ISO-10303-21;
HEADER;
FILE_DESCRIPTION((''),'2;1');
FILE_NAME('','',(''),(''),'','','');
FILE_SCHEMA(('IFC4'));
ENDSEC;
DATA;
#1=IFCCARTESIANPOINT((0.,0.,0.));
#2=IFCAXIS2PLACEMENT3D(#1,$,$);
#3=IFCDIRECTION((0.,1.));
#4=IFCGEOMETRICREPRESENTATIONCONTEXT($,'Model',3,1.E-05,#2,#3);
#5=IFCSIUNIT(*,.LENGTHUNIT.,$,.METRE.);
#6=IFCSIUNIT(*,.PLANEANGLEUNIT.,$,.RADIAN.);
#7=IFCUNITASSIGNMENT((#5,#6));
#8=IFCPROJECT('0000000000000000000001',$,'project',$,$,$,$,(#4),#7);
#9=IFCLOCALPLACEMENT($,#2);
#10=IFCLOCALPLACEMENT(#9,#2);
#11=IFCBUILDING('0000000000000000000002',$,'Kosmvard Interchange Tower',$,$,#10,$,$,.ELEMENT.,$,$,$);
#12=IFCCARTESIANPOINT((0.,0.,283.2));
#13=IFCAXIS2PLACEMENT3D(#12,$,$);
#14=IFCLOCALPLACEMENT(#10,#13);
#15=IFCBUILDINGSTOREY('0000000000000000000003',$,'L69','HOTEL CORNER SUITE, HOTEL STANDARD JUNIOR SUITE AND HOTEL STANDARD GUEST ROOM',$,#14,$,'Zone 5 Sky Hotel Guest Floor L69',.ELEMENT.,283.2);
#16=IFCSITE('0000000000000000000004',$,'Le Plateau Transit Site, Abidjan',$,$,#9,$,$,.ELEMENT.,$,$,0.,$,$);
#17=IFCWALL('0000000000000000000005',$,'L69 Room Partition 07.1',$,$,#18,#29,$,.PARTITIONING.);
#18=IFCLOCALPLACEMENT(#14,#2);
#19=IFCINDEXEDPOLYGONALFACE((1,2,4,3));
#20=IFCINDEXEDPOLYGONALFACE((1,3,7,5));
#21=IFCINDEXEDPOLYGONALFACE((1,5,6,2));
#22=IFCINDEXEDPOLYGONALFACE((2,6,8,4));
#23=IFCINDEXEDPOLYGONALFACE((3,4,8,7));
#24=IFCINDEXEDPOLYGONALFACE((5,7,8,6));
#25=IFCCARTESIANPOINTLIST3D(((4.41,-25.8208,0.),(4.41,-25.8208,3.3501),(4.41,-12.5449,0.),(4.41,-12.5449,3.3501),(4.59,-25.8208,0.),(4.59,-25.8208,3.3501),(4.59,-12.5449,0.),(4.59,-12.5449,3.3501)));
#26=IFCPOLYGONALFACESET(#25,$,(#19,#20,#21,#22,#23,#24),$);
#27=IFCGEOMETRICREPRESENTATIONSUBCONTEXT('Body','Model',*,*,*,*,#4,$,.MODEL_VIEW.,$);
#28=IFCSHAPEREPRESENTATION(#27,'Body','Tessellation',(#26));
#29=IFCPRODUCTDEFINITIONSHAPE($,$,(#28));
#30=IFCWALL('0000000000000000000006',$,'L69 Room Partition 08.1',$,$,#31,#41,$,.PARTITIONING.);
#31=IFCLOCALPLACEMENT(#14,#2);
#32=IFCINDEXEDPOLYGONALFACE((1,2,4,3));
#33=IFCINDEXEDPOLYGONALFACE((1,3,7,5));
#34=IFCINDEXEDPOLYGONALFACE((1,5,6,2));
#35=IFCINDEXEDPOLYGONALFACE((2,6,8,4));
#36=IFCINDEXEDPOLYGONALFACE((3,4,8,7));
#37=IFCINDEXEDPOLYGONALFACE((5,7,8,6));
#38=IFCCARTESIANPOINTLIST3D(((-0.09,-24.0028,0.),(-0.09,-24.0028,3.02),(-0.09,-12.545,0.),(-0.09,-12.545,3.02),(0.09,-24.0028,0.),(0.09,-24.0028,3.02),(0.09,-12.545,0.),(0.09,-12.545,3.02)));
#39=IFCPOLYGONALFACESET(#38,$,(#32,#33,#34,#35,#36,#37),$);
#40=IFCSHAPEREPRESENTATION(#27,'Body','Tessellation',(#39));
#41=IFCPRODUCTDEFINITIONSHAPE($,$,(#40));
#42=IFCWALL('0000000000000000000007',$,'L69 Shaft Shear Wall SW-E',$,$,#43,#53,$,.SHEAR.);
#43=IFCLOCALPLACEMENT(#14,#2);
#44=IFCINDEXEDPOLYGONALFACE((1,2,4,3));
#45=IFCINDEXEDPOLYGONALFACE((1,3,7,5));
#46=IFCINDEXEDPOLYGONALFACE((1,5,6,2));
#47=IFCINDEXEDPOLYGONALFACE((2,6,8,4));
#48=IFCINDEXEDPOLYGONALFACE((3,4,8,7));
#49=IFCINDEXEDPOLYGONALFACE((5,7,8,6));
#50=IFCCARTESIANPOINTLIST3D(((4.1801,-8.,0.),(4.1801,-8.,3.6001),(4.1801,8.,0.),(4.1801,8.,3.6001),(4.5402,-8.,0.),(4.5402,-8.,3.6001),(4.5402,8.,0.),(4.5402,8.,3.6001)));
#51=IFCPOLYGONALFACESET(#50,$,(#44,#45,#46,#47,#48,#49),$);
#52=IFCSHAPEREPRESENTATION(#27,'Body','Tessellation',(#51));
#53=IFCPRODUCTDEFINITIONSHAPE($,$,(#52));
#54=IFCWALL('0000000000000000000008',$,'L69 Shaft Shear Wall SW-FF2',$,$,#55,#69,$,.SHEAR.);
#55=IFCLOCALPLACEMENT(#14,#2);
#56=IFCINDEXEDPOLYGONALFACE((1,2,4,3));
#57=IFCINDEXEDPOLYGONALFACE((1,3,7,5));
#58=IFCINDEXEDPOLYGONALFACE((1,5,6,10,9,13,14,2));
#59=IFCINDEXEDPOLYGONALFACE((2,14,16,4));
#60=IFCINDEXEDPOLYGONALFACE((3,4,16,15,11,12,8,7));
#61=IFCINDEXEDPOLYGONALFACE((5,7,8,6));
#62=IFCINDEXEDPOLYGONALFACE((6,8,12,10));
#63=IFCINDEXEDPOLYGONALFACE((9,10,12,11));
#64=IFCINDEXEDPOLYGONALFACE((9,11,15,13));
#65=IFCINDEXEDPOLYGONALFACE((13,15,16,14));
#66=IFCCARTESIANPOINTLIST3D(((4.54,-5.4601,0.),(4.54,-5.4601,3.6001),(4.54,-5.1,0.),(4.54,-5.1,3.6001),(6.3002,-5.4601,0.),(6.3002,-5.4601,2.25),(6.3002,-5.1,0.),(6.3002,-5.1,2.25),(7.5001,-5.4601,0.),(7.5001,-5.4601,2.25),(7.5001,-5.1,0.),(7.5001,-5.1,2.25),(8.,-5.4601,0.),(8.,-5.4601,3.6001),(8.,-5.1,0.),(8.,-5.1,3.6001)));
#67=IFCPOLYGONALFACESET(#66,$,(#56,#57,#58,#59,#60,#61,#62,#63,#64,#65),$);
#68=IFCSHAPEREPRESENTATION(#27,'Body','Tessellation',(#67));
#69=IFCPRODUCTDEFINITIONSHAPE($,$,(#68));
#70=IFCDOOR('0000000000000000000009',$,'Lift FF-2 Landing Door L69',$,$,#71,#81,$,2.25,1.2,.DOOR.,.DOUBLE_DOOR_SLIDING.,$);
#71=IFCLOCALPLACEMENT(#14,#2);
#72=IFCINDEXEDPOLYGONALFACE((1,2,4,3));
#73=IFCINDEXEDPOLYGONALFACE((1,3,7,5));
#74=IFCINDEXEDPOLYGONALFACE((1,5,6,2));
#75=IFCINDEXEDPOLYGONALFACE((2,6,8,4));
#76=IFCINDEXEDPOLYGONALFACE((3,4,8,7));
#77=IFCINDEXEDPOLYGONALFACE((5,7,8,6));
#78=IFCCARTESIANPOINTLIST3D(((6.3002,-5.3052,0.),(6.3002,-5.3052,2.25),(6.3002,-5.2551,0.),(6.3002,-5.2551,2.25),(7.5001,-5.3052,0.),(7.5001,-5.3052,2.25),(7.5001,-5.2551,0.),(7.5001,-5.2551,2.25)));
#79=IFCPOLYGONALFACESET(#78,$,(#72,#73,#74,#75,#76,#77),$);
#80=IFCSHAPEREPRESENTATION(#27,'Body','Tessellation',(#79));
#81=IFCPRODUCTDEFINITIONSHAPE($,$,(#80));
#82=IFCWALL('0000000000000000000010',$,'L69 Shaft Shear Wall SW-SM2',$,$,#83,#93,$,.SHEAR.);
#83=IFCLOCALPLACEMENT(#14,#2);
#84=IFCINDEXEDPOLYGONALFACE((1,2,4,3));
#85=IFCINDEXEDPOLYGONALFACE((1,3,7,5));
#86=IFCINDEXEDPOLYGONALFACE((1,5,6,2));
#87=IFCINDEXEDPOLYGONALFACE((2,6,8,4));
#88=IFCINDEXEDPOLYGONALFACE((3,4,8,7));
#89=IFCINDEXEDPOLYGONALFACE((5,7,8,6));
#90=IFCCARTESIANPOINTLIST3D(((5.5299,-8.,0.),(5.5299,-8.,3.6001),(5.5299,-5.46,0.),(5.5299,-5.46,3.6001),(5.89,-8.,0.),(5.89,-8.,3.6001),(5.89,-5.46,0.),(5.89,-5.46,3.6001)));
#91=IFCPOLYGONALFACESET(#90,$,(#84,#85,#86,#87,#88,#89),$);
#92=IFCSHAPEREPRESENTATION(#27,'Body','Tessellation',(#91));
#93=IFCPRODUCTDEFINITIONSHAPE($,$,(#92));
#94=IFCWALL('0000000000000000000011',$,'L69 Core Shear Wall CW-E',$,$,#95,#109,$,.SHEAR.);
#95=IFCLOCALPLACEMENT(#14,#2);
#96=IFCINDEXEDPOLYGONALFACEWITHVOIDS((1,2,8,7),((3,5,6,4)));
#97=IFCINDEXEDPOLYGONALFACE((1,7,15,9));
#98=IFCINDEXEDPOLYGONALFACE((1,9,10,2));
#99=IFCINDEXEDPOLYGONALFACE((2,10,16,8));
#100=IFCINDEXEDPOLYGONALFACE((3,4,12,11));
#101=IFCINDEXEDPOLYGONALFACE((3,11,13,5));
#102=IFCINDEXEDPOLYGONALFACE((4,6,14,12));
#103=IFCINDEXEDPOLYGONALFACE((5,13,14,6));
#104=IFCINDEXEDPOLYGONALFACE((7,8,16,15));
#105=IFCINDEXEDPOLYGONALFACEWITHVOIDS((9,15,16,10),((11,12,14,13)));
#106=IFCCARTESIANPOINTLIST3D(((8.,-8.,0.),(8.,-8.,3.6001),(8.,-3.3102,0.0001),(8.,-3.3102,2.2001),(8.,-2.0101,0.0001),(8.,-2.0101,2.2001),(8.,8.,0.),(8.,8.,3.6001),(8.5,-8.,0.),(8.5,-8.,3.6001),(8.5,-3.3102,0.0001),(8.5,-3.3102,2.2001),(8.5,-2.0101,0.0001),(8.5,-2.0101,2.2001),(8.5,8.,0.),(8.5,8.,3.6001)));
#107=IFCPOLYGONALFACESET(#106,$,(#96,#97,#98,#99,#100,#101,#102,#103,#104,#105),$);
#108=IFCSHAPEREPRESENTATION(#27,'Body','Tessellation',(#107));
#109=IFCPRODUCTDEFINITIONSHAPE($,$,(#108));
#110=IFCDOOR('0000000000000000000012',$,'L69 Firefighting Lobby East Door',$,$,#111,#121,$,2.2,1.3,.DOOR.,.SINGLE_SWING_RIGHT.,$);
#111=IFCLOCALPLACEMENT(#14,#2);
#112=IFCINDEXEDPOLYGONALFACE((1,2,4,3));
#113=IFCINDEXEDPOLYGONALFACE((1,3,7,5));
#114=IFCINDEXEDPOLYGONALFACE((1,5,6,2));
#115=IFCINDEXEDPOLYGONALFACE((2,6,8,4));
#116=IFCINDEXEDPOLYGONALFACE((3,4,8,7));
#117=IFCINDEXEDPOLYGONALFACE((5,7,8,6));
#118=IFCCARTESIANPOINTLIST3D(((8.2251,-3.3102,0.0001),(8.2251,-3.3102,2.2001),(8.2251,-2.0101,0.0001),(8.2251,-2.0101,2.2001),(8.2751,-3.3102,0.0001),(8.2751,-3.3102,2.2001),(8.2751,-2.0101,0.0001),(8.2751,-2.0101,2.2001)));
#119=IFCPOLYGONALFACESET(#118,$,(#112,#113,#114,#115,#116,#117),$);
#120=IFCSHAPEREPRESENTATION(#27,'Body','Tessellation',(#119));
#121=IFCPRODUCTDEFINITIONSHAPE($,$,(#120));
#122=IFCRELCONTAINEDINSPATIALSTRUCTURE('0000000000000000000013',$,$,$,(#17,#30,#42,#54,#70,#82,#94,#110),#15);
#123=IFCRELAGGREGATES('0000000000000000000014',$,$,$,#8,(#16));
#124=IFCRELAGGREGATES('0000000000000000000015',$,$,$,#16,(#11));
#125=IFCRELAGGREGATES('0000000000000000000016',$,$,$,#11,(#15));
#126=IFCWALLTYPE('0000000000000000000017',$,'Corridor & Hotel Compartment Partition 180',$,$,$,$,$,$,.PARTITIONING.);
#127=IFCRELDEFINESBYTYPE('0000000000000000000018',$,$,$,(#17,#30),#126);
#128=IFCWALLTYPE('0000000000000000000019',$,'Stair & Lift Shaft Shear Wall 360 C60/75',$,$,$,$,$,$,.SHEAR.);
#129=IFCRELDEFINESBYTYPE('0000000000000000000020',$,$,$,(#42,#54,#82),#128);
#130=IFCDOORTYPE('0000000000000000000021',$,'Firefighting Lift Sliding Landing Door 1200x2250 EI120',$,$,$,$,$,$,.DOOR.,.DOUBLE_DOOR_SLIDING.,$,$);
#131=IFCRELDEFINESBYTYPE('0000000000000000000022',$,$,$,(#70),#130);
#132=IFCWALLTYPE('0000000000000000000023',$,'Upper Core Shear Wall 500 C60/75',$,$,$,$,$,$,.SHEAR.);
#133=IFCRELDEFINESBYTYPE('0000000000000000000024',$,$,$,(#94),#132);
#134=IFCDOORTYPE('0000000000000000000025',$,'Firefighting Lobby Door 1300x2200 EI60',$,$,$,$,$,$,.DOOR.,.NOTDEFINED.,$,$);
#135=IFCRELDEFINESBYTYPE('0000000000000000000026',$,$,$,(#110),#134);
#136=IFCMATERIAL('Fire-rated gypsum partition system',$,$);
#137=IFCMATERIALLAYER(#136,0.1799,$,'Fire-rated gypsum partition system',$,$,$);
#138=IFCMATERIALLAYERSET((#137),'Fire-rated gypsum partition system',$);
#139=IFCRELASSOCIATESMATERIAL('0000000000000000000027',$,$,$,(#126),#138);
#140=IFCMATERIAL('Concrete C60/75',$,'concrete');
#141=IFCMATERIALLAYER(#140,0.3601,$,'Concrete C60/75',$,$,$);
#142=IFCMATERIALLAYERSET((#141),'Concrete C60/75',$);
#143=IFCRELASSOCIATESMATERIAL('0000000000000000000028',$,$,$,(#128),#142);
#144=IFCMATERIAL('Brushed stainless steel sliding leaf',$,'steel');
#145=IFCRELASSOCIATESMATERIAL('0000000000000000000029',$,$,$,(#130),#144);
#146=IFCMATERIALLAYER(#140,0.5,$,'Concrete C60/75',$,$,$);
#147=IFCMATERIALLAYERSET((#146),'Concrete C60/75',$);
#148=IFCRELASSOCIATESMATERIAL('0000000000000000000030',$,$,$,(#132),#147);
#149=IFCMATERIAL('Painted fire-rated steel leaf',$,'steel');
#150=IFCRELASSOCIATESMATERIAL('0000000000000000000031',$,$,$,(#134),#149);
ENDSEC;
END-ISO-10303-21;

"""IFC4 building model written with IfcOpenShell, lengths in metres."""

from ifc_helpers import new_model, si_unit, direction, frame, frame_2d, origin, place, context, subcontext, project, spatial, rectangle, extrude, source, transform, mapped, material, layer, layer_set, type_object, element, fill, save


model = new_model("IFC4")

# Units and contexts
model_context = context("Model", 3, precision=1e-05, world=origin(), true_north=direction((0.0, 1.0)))
body_context = subcontext(model_context, "Body", "Model", "MODEL_VIEW")
ifc_project = project(units=[si_unit("LENGTHUNIT", "METRE"), si_unit("PLANEANGLEUNIT", "RADIAN")], contexts=[model_context])

# Site, building, storey
site_placement = place(None, origin())
site = spatial("IfcSite", under=ifc_project, at=site_placement, Name="Le Plateau Transit Site, Abidjan", CompositionType="ELEMENT", RefElevation=0.0)
building_placement = place(site_placement, origin())
building = spatial("IfcBuilding", under=site, at=building_placement, Name="Kosmvard Interchange Tower", CompositionType="ELEMENT")
storey_placement = place(building_placement, frame((0.0, 0.0, 283.2)))
storey = spatial("IfcBuildingStorey", under=building, at=storey_placement, Name="L69", Description="HOTEL CORNER SUITE, HOTEL STANDARD JUNIOR SUITE AND HOTEL STANDARD GUEST ROOM", LongName="Zone 5 Sky Hotel Guest Floor L69", CompositionType="ELEMENT", Elevation=283.2)

# Shared definitions
ifc_material_1 = material(Name="Fire-rated gypsum partition system")
ifc_layer_1 = layer(ifc_material_1, 0.1799, Name="Fire-rated gypsum partition system")
ifc_layer_set_1 = layer_set([ifc_layer_1], Name="Fire-rated gypsum partition system")
wall_type_1 = type_object("IfcWallType", Name="Corridor & Hotel Compartment Partition 180", PredefinedType="PARTITIONING", material=ifc_layer_set_1)
ifc_material_2 = material(Name="Painted fire-rated steel leaf", Category="steel")
ifc_material_3 = material(Name="Brushed stainless steel sliding leaf", Category="steel")

# Walls
wall_1_placement = place(storey_placement, frame((4.5, -12.5449, 0.0), z_axis=(0.0, 0.0, 1.0), x_axis=(0.0, -1.0, 0.0)))
element("IfcWall", 1, at=wall_1_placement, inside=storey, type_object=wall_type_1, Name="L69 Room Partition 07.1", PredefinedType="PARTITIONING", context=body_context, shape_type="SweptSolid", body=[
    extrude(rectangle(XDim=13.2759, YDim=0.1799, at=frame_2d((6.6379, 0.0))), origin(), (0.0, 0.0, 1.0), 3.3501),
])
wall_2_placement = place(storey_placement, frame((0.0, -12.5449, 0.0), z_axis=(0.0, 0.0, 1.0), x_axis=(0.0, -1.0, 0.0)))
element("IfcWall", 2, at=wall_2_placement, inside=storey, type_object=wall_type_1, Name="L69 Room Partition 08.1", PredefinedType="PARTITIONING", context=body_context, shape_type="SweptSolid", body=[
    extrude(rectangle(XDim=11.4578, YDim=0.1799, at=frame_2d((5.729, 0.0))), origin(), (0.0, 0.0, 1.0), 3.02),
])
ifc_material_4 = material(Name="Concrete C60/75", Category="concrete")
ifc_layer_2 = layer(ifc_material_4, 0.3601, Name="Concrete C60/75")
ifc_layer_set_2 = layer_set([ifc_layer_2], Name="Concrete C60/75")
wall_type_2 = type_object("IfcWallType", Name="Stair & Lift Shaft Shear Wall 360 C60/75", PredefinedType="SHEAR", material=ifc_layer_set_2)
wall_3_placement = place(storey_placement, frame((4.3601, -8.0, 0.0), z_axis=(0.0, 0.0, 1.0), x_axis=(0.0, 1.0, 0.0)))
element("IfcWall", 3, at=wall_3_placement, inside=storey, type_object=wall_type_2, Name="L69 Shaft Shear Wall SW-E", PredefinedType="SHEAR", context=body_context, shape_type="SweptSolid", body=[
    extrude(rectangle(XDim=16.0, YDim=0.3601, at=frame_2d((8.0, 0.0))), origin(), (0.0, 0.0, 1.0), 3.6001),
])

# Wall, opening, door
wall_4_placement = place(storey_placement, frame((4.54, -5.28, 0.0), z_axis=(0.0, 0.0, 1.0), x_axis=(1.0, 0.0, 0.0)))
wall_4 = element("IfcWall", 4, at=wall_4_placement, inside=storey, type_object=wall_type_2, Name="L69 Shaft Shear Wall SW-FF2", PredefinedType="SHEAR", context=body_context, shape_type="SweptSolid", body=[
    extrude(rectangle(XDim=3.46, YDim=0.3601, at=frame_2d((1.73, 0.0))), origin(), (0.0, 0.0, 1.0), 3.6001),
])
opening_1_placement = place(wall_4_placement, frame((1.76, 0.0, 0.0)))
opening_1 = element("IfcOpeningElement", 5, at=opening_1_placement, cuts=wall_4, PredefinedType="OPENING", context=body_context, shape_type="SweptSolid", body=[
    extrude(rectangle(XDim=1.2, YDim=2.25, at=frame_2d((0.6001, 1.125))), frame((0.0, 0.1899, 0.0), z_axis=(0.0, -1.0, 0.0), x_axis=(1.0, 0.0, 0.0)), (0.0, 0.0, 1.0), 0.3801),
])
door_type_1 = type_object("IfcDoorType", Name="Firefighting Lift Sliding Landing Door 1200x2250 EI120", OperationType="DOUBLE_DOOR_SLIDING", PredefinedType="DOOR", material=ifc_material_3)
shared_shape_1 = source(origin(), body_context, "Body", "SweptSolid", [
    extrude(rectangle(XDim=1.2, YDim=2.25, at=frame_2d((0.6001, 1.125))), frame((0.0, 0.0249, 0.0), z_axis=(0.0, -1.0, 0.0), x_axis=(1.0, 0.0, 0.0)), (0.0, 0.0, 1.0), 0.05),
])
door_1_placement = place(opening_1_placement, origin())
door_1 = element("IfcDoor", 6, at=door_1_placement, inside=storey, type_object=door_type_1, Name="Lift FF-2 Landing Door L69", OperationType="DOUBLE_DOOR_SLIDING", OverallHeight=2.25, OverallWidth=1.2, PredefinedType="DOOR", context=body_context, shape_type="MappedRepresentation", body=[
    mapped(shared_shape_1, transform((0.0, 0.0, 0.0), scale=1.0)),
])
fill(opening_1, door_1)

# Wall
wall_5_placement = place(storey_placement, frame((5.71, -8.0, 0.0), z_axis=(0.0, 0.0, 1.0), x_axis=(0.0, 1.0, 0.0)))
element("IfcWall", 7, at=wall_5_placement, inside=storey, type_object=wall_type_2, Name="L69 Shaft Shear Wall SW-SM2", PredefinedType="SHEAR", context=body_context, shape_type="SweptSolid", body=[
    extrude(rectangle(XDim=2.54, YDim=0.3601, at=frame_2d((1.27, 0.0))), origin(), (0.0, 0.0, 1.0), 3.6001),
])

# Wall, opening, door
ifc_layer_3 = layer(ifc_material_4, 0.5, Name="Concrete C60/75")
ifc_layer_set_3 = layer_set([ifc_layer_3], Name="Concrete C60/75")
wall_type_3 = type_object("IfcWallType", Name="Upper Core Shear Wall 500 C60/75", PredefinedType="SHEAR", material=ifc_layer_set_3)
wall_6_placement = place(storey_placement, frame((8.25, -8.0, 0.0), z_axis=(0.0, 0.0, 1.0), x_axis=(0.0, 1.0, 0.0)))
wall_6 = element("IfcWall", 8, at=wall_6_placement, inside=storey, type_object=wall_type_3, Name="L69 Core Shear Wall CW-E", PredefinedType="SHEAR", context=body_context, shape_type="SweptSolid", body=[
    extrude(rectangle(XDim=16.0, YDim=0.5, at=frame_2d((8.0, 0.0))), origin(), (0.0, 0.0, 1.0), 3.6001),
])
opening_2_placement = place(wall_6_placement, frame((4.6899, 0.0, 0.0)))
opening_2 = element("IfcOpeningElement", 9, at=opening_2_placement, cuts=wall_6, PredefinedType="OPENING", context=body_context, shape_type="SweptSolid", body=[
    extrude(rectangle(XDim=1.3, YDim=2.2, at=frame_2d((0.6499, 1.1001))), frame((0.0, 0.26, 0.0), z_axis=(0.0, -1.0, 0.0), x_axis=(1.0, 0.0, 0.0)), (0.0, 0.0, 1.0), 0.52),
])
door_type_2 = type_object("IfcDoorType", Name="Firefighting Lobby Door 1300x2200 EI60", OperationType="NOTDEFINED", PredefinedType="DOOR", material=ifc_material_2)
shared_shape_2 = source(origin(), body_context, "Body", "SweptSolid", [
    extrude(rectangle(XDim=1.3, YDim=2.2, at=frame_2d((0.6499, 1.1001))), frame((0.0, 0.0249, 0.0), z_axis=(0.0, -1.0, 0.0), x_axis=(1.0, 0.0, 0.0)), (0.0, 0.0, 1.0), 0.05),
])
door_2_placement = place(opening_2_placement, origin())
door_2 = element("IfcDoor", 10, at=door_2_placement, inside=storey, type_object=door_type_2, Name="L69 Firefighting Lobby East Door", OperationType="SINGLE_SWING_RIGHT", OverallHeight=2.2, OverallWidth=1.3, PredefinedType="DOOR", context=body_context, shape_type="MappedRepresentation", body=[
    mapped(shared_shape_2, transform((0.0, 0.0, 0.0), scale=1.0)),
])
fill(opening_2, door_2)

save(model, "model.ifc")
